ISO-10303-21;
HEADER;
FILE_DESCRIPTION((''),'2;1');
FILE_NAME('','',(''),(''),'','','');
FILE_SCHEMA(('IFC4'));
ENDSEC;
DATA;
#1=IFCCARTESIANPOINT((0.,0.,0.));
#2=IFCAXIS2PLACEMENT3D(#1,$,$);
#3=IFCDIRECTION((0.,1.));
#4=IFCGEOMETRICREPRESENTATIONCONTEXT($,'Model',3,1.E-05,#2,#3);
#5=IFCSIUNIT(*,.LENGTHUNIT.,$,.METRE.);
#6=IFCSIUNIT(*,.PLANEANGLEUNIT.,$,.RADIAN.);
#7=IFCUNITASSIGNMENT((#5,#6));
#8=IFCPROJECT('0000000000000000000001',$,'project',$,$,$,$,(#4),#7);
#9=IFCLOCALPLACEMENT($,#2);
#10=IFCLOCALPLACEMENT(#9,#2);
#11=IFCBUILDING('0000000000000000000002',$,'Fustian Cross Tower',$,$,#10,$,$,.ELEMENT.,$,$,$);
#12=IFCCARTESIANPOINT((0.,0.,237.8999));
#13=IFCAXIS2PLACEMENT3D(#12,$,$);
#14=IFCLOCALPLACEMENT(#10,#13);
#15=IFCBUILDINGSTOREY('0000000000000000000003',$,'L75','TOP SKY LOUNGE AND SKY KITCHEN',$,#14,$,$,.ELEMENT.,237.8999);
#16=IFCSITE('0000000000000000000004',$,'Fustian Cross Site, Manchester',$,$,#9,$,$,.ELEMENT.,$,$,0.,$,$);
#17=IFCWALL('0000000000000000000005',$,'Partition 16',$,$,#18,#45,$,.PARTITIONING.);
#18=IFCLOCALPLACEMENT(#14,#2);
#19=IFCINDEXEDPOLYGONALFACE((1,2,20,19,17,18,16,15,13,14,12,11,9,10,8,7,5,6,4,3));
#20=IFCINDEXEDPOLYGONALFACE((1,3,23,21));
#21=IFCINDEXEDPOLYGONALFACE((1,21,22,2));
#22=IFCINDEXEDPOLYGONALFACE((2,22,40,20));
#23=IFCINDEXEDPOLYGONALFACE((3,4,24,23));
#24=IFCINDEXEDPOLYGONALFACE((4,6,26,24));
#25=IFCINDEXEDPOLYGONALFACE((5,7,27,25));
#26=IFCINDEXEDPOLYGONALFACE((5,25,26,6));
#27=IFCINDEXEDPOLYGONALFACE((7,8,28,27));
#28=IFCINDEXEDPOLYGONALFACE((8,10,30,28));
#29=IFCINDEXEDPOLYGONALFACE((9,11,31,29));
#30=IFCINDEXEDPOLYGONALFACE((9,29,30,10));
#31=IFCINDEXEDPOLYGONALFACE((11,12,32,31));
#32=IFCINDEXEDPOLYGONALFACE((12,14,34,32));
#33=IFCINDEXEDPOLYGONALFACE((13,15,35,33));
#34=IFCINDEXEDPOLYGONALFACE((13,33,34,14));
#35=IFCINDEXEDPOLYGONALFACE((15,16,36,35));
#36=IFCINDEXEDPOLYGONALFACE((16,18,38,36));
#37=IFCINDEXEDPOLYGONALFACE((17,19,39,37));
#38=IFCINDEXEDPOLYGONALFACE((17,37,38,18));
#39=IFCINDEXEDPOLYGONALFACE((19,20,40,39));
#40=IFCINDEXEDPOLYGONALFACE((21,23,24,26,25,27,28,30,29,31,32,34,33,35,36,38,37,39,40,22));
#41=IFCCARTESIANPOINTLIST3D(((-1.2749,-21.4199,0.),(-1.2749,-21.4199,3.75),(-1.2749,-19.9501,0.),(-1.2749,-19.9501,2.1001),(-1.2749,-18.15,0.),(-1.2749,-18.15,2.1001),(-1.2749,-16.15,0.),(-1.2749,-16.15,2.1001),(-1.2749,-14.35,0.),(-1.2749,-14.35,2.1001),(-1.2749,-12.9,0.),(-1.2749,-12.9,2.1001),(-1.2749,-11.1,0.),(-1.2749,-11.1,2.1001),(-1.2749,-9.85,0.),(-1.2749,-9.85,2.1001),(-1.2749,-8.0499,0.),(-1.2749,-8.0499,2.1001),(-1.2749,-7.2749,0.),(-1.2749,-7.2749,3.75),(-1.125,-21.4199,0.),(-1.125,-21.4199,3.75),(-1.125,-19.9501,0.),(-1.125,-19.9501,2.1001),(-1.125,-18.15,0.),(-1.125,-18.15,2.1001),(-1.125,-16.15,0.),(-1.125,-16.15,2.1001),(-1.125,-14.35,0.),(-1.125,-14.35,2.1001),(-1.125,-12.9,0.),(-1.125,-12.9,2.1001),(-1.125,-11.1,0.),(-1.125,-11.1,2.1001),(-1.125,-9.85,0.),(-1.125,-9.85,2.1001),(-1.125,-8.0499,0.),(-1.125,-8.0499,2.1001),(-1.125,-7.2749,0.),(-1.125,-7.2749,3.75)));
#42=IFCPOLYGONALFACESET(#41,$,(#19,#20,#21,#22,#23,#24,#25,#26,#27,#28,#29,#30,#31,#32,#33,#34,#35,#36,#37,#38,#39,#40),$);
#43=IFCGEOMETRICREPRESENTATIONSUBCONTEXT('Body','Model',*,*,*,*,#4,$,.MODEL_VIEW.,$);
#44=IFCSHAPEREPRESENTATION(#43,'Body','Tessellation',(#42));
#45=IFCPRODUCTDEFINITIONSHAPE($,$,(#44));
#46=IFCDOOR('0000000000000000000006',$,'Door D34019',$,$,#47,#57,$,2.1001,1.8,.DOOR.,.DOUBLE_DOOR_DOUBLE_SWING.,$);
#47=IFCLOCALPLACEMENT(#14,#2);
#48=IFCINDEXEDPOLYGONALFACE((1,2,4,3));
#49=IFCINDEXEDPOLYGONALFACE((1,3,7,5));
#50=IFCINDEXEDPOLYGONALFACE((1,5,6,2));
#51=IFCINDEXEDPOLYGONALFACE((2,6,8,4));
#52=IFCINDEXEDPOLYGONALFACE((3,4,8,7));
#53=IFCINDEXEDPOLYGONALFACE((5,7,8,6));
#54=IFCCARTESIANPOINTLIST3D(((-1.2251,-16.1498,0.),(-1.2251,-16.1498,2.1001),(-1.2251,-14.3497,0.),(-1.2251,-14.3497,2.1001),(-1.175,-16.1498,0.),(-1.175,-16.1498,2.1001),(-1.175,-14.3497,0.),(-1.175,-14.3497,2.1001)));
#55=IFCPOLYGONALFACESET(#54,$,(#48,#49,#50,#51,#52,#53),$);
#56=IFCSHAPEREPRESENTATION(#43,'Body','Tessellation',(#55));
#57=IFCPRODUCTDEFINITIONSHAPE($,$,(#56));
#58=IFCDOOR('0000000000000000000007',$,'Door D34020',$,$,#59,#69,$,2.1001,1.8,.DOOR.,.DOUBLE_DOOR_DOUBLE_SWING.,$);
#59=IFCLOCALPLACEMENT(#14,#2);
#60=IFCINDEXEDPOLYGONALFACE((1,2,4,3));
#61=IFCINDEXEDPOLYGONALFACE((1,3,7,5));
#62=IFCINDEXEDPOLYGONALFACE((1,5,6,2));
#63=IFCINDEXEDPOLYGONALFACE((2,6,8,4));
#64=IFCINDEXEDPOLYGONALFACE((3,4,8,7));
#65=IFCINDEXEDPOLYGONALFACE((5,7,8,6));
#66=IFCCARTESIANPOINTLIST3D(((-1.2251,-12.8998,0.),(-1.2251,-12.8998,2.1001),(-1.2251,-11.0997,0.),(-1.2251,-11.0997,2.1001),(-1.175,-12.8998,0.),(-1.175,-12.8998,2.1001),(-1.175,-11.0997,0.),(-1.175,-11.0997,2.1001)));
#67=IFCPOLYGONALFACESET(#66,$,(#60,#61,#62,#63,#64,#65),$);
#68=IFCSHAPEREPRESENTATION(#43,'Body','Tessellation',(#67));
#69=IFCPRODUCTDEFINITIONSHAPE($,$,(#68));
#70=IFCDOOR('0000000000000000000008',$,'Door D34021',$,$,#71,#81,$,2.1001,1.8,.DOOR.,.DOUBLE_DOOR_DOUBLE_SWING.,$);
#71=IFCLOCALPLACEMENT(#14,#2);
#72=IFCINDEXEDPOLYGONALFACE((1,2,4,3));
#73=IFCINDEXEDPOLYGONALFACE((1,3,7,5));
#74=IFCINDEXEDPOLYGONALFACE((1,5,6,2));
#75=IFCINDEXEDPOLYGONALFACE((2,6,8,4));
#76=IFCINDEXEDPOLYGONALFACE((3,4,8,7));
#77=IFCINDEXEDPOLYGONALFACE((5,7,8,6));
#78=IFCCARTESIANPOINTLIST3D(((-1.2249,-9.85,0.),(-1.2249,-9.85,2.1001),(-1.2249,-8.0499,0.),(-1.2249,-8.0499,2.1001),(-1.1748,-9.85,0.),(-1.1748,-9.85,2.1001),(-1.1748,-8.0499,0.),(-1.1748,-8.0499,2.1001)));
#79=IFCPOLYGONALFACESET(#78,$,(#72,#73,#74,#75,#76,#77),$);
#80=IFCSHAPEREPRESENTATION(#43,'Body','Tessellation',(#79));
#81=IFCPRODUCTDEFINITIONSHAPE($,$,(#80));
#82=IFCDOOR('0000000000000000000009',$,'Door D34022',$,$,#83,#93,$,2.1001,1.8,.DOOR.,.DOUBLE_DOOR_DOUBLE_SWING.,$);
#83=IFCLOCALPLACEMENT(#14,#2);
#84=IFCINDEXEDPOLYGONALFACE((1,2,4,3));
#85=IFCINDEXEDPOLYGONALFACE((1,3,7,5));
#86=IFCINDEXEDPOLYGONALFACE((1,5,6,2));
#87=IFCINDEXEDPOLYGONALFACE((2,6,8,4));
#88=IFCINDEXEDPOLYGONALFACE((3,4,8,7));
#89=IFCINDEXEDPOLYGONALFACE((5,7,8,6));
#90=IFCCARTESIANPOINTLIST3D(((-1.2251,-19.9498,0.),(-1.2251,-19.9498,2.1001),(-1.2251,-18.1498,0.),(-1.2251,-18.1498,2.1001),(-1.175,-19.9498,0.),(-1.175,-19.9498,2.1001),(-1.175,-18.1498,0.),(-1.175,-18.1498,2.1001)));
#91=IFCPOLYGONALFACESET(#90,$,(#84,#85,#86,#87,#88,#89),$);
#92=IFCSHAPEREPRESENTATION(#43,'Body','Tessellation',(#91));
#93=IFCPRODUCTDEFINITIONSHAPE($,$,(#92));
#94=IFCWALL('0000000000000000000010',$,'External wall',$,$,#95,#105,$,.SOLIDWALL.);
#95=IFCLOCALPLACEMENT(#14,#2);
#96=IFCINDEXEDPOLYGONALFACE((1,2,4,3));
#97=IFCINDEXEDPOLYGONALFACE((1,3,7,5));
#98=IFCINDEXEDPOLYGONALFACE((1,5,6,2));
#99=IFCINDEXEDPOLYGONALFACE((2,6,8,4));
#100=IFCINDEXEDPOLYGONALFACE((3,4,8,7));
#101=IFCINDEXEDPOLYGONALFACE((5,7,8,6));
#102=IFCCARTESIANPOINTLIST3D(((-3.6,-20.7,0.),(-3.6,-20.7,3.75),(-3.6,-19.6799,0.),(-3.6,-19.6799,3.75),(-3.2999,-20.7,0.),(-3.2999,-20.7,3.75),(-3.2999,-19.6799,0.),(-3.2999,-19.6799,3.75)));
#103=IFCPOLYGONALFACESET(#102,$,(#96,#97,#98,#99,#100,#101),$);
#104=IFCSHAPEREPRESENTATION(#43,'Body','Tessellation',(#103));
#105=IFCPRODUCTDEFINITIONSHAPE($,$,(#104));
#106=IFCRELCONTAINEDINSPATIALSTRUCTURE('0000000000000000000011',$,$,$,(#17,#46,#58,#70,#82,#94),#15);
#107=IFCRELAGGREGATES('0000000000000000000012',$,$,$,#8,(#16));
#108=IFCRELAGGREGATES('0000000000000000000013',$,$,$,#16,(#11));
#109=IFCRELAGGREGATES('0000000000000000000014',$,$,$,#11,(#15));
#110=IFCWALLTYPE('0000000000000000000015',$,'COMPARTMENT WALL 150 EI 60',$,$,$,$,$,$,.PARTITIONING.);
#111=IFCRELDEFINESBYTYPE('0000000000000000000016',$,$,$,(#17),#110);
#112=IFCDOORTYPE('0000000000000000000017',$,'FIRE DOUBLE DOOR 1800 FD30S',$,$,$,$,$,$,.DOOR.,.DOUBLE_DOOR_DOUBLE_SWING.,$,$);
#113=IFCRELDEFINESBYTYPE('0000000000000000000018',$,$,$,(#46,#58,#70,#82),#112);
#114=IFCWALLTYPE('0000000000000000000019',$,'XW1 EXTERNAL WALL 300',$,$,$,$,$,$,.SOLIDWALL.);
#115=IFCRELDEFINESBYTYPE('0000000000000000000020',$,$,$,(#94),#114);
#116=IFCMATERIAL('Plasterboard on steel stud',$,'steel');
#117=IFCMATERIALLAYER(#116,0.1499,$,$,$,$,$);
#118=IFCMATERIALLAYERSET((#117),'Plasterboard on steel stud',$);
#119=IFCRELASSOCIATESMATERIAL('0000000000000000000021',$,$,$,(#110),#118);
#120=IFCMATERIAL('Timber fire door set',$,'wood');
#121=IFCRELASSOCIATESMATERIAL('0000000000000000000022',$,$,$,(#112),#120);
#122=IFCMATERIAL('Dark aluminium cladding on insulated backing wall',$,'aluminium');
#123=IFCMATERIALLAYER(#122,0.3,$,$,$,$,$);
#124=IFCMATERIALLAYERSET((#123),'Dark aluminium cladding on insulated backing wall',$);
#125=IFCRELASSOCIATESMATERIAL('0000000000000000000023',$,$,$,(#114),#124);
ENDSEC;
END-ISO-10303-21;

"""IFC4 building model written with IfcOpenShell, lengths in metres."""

from ifc_helpers import new_model, si_unit, direction, frame, frame_2d, origin, place, context, subcontext, project, spatial, rectangle, extrude, material, layer, layer_set, type_object, element, fill, save


model = new_model("IFC4")

# Units and contexts
model_context = context("Model", 3, precision=1e-05, world=origin(), true_north=direction((0.0, 1.0)))
body_context = subcontext(model_context, "Body", "Model", "MODEL_VIEW")
ifc_project = project(units=[si_unit("LENGTHUNIT", "METRE"), si_unit("PLANEANGLEUNIT", "RADIAN")], contexts=[model_context])

# Site, building, storey
site_placement = place(None, origin())
site = spatial("IfcSite", under=ifc_project, at=site_placement, Name="Fustian Cross Site, Manchester", CompositionType="ELEMENT", RefElevation=0.0)
building_placement = place(site_placement, origin())
building = spatial("IfcBuilding", under=site, at=building_placement, Name="Fustian Cross Tower", CompositionType="ELEMENT")
storey_placement = place(building_placement, frame((0.0, 0.0, 237.8999)))
storey = spatial("IfcBuildingStorey", under=building, at=storey_placement, Name="L75", Description="TOP SKY LOUNGE AND SKY KITCHEN", CompositionType="ELEMENT", Elevation=237.8999)

# Wall, openings, doors
ifc_material_1 = material(Name="Plasterboard on steel stud", Category="steel")
ifc_layer_1 = layer(ifc_material_1, 0.1499)
ifc_layer_set_1 = layer_set([ifc_layer_1], Name="Plasterboard on steel stud")
wall_type_1 = type_object("IfcWallType", Name="COMPARTMENT WALL 150 EI 60", PredefinedType="PARTITIONING", material=ifc_layer_set_1)
wall_1_placement = place(storey_placement, frame((-1.2, -21.4199, 0.0), z_axis=(0.0, 0.0, 1.0), x_axis=(0.0, 1.0, 0.0)))
wall_1 = element("IfcWall", 1, at=wall_1_placement, inside=storey, type_object=wall_type_1, Name="Partition 16", PredefinedType="PARTITIONING", context=body_context, shape_type="SweptSolid", body=[
    extrude(rectangle(XDim=14.145, YDim=0.1499, at=frame_2d((7.0725, 0.0))), origin(), (0.0, 0.0, 1.0), 3.75),
])
opening_1_placement = place(wall_1_placement, frame((5.27, 0.0, 0.0)))
opening_1 = element("IfcOpeningElement", 2, at=opening_1_placement, cuts=wall_1, PredefinedType="OPENING", context=body_context, shape_type="SweptSolid", body=[
    extrude(rectangle(XDim=1.8, YDim=2.1001, at=frame_2d((0.8999, 1.05))), frame((0.0, 0.085, 0.0), z_axis=(0.0, -1.0, 0.0), x_axis=(1.0, 0.0, 0.0)), (0.0, 0.0, 1.0), 0.1699),
])
opening_2_placement = place(wall_1_placement, frame((8.52, 0.0, 0.0)))
opening_2 = element("IfcOpeningElement", 3, at=opening_2_placement, cuts=wall_1, PredefinedType="OPENING", context=body_context, shape_type="SweptSolid", body=[
    extrude(rectangle(XDim=1.8, YDim=2.1001, at=frame_2d((0.8999, 1.05))), frame((0.0, 0.085, 0.0), z_axis=(0.0, -1.0, 0.0), x_axis=(1.0, 0.0, 0.0)), (0.0, 0.0, 1.0), 0.1699),
])
opening_3_placement = place(wall_1_placement, frame((11.5701, 0.0, 0.0)))
opening_3 = element("IfcOpeningElement", 4, at=opening_3_placement, cuts=wall_1, PredefinedType="OPENING", context=body_context, shape_type="SweptSolid", body=[
    extrude(rectangle(XDim=1.8, YDim=2.1001, at=frame_2d((0.8999, 1.05))), frame((0.0, 0.085, 0.0), z_axis=(0.0, -1.0, 0.0), x_axis=(1.0, 0.0, 0.0)), (0.0, 0.0, 1.0), 0.1699),
])
opening_4_placement = place(wall_1_placement, frame((1.47, 0.0, 0.0)))
opening_4 = element("IfcOpeningElement", 5, at=opening_4_placement, cuts=wall_1, PredefinedType="OPENING", context=body_context, shape_type="SweptSolid", body=[
    extrude(rectangle(XDim=1.8, YDim=2.1001, at=frame_2d((0.8999, 1.05))), frame((0.0, 0.085, 0.0), z_axis=(0.0, -1.0, 0.0), x_axis=(1.0, 0.0, 0.0)), (0.0, 0.0, 1.0), 0.1699),
])
ifc_material_2 = material(Name="Timber fire door set", Category="wood")
door_type = type_object("IfcDoorType", Name="FIRE DOUBLE DOOR 1800 FD30S", OperationType="DOUBLE_DOOR_DOUBLE_SWING", PredefinedType="DOOR", material=ifc_material_2)
door_1_placement = place(opening_1_placement, frame((1.8, 0.0, 0.0), z_axis=(0.0, 0.0, 1.0), x_axis=(-1.0, 0.0, 0.0)))
door_1 = element("IfcDoor", 6, at=door_1_placement, inside=storey, type_object=door_type, Name="Door D34019", OperationType="DOUBLE_DOOR_DOUBLE_SWING", OverallHeight=2.1001, OverallWidth=1.8, PredefinedType="DOOR", context=body_context, shape_type="SweptSolid", body=[
    extrude(rectangle(XDim=1.8, YDim=2.1001, at=frame_2d((0.8999, 1.05))), frame((0.0, 0.0249, 0.0), z_axis=(0.0, -1.0, 0.0), x_axis=(1.0, 0.0, 0.0)), (0.0, 0.0, 1.0), 0.05),
])
fill(opening_1, door_1)
door_2_placement = place(opening_2_placement, frame((1.8, 0.0, 0.0), z_axis=(0.0, 0.0, 1.0), x_axis=(-1.0, 0.0, 0.0)))
door_2 = element("IfcDoor", 7, at=door_2_placement, inside=storey, type_object=door_type, Name="Door D34020", OperationType="DOUBLE_DOOR_DOUBLE_SWING", OverallHeight=2.1001, OverallWidth=1.8, PredefinedType="DOOR", context=body_context, shape_type="SweptSolid", body=[
    extrude(rectangle(XDim=1.8, YDim=2.1001, at=frame_2d((0.8999, 1.05))), frame((0.0, 0.0249, 0.0), z_axis=(0.0, -1.0, 0.0), x_axis=(1.0, 0.0, 0.0)), (0.0, 0.0, 1.0), 0.05),
])
fill(opening_2, door_2)
door_3_placement = place(opening_3_placement, origin())
door_3 = element("IfcDoor", 8, at=door_3_placement, inside=storey, type_object=door_type, Name="Door D34021", OperationType="DOUBLE_DOOR_DOUBLE_SWING", OverallHeight=2.1001, OverallWidth=1.8, PredefinedType="DOOR", context=body_context, shape_type="SweptSolid", body=[
    extrude(rectangle(XDim=1.8, YDim=2.1001, at=frame_2d((0.8999, 1.05))), frame((0.0, 0.0249, 0.0), z_axis=(0.0, -1.0, 0.0), x_axis=(1.0, 0.0, 0.0)), (0.0, 0.0, 1.0), 0.05),
])
fill(opening_3, door_3)
door_4_placement = place(opening_4_placement, frame((1.8, 0.0, 0.0), z_axis=(0.0, 0.0, 1.0), x_axis=(-1.0, 0.0, 0.0)))
door_4 = element("IfcDoor", 9, at=door_4_placement, inside=storey, type_object=door_type, Name="Door D34022", OperationType="DOUBLE_DOOR_DOUBLE_SWING", OverallHeight=2.1001, OverallWidth=1.8, PredefinedType="DOOR", context=body_context, shape_type="SweptSolid", body=[
    extrude(rectangle(XDim=1.8, YDim=2.1001, at=frame_2d((0.8999, 1.05))), frame((0.0, 0.0249, 0.0), z_axis=(0.0, -1.0, 0.0), x_axis=(1.0, 0.0, 0.0)), (0.0, 0.0, 1.0), 0.05),
])
fill(opening_4, door_4)

# Wall
ifc_material_3 = material(Name="Dark aluminium cladding on insulated backing wall", Category="aluminium")
ifc_layer_2 = layer(ifc_material_3, 0.3)
ifc_layer_set_2 = layer_set([ifc_layer_2], Name="Dark aluminium cladding on insulated backing wall")
wall_type_2 = type_object("IfcWallType", Name="XW1 EXTERNAL WALL 300", PredefinedType="SOLIDWALL", material=ifc_layer_set_2)
wall_2_placement = place(storey_placement, frame((-3.45, -19.6799, 0.0), z_axis=(0.0, 0.0, 1.0), x_axis=(0.0, -1.0, 0.0)))
element("IfcWall", 10, at=wall_2_placement, inside=storey, type_object=wall_type_2, Name="External wall", PredefinedType="SOLIDWALL", context=body_context, shape_type="SweptSolid", body=[
    extrude(rectangle(XDim=1.02, YDim=0.3, at=frame_2d((0.51, 0.0))), origin(), (0.0, 0.0, 1.0), 3.75),
])

save(model, "model.ifc")
